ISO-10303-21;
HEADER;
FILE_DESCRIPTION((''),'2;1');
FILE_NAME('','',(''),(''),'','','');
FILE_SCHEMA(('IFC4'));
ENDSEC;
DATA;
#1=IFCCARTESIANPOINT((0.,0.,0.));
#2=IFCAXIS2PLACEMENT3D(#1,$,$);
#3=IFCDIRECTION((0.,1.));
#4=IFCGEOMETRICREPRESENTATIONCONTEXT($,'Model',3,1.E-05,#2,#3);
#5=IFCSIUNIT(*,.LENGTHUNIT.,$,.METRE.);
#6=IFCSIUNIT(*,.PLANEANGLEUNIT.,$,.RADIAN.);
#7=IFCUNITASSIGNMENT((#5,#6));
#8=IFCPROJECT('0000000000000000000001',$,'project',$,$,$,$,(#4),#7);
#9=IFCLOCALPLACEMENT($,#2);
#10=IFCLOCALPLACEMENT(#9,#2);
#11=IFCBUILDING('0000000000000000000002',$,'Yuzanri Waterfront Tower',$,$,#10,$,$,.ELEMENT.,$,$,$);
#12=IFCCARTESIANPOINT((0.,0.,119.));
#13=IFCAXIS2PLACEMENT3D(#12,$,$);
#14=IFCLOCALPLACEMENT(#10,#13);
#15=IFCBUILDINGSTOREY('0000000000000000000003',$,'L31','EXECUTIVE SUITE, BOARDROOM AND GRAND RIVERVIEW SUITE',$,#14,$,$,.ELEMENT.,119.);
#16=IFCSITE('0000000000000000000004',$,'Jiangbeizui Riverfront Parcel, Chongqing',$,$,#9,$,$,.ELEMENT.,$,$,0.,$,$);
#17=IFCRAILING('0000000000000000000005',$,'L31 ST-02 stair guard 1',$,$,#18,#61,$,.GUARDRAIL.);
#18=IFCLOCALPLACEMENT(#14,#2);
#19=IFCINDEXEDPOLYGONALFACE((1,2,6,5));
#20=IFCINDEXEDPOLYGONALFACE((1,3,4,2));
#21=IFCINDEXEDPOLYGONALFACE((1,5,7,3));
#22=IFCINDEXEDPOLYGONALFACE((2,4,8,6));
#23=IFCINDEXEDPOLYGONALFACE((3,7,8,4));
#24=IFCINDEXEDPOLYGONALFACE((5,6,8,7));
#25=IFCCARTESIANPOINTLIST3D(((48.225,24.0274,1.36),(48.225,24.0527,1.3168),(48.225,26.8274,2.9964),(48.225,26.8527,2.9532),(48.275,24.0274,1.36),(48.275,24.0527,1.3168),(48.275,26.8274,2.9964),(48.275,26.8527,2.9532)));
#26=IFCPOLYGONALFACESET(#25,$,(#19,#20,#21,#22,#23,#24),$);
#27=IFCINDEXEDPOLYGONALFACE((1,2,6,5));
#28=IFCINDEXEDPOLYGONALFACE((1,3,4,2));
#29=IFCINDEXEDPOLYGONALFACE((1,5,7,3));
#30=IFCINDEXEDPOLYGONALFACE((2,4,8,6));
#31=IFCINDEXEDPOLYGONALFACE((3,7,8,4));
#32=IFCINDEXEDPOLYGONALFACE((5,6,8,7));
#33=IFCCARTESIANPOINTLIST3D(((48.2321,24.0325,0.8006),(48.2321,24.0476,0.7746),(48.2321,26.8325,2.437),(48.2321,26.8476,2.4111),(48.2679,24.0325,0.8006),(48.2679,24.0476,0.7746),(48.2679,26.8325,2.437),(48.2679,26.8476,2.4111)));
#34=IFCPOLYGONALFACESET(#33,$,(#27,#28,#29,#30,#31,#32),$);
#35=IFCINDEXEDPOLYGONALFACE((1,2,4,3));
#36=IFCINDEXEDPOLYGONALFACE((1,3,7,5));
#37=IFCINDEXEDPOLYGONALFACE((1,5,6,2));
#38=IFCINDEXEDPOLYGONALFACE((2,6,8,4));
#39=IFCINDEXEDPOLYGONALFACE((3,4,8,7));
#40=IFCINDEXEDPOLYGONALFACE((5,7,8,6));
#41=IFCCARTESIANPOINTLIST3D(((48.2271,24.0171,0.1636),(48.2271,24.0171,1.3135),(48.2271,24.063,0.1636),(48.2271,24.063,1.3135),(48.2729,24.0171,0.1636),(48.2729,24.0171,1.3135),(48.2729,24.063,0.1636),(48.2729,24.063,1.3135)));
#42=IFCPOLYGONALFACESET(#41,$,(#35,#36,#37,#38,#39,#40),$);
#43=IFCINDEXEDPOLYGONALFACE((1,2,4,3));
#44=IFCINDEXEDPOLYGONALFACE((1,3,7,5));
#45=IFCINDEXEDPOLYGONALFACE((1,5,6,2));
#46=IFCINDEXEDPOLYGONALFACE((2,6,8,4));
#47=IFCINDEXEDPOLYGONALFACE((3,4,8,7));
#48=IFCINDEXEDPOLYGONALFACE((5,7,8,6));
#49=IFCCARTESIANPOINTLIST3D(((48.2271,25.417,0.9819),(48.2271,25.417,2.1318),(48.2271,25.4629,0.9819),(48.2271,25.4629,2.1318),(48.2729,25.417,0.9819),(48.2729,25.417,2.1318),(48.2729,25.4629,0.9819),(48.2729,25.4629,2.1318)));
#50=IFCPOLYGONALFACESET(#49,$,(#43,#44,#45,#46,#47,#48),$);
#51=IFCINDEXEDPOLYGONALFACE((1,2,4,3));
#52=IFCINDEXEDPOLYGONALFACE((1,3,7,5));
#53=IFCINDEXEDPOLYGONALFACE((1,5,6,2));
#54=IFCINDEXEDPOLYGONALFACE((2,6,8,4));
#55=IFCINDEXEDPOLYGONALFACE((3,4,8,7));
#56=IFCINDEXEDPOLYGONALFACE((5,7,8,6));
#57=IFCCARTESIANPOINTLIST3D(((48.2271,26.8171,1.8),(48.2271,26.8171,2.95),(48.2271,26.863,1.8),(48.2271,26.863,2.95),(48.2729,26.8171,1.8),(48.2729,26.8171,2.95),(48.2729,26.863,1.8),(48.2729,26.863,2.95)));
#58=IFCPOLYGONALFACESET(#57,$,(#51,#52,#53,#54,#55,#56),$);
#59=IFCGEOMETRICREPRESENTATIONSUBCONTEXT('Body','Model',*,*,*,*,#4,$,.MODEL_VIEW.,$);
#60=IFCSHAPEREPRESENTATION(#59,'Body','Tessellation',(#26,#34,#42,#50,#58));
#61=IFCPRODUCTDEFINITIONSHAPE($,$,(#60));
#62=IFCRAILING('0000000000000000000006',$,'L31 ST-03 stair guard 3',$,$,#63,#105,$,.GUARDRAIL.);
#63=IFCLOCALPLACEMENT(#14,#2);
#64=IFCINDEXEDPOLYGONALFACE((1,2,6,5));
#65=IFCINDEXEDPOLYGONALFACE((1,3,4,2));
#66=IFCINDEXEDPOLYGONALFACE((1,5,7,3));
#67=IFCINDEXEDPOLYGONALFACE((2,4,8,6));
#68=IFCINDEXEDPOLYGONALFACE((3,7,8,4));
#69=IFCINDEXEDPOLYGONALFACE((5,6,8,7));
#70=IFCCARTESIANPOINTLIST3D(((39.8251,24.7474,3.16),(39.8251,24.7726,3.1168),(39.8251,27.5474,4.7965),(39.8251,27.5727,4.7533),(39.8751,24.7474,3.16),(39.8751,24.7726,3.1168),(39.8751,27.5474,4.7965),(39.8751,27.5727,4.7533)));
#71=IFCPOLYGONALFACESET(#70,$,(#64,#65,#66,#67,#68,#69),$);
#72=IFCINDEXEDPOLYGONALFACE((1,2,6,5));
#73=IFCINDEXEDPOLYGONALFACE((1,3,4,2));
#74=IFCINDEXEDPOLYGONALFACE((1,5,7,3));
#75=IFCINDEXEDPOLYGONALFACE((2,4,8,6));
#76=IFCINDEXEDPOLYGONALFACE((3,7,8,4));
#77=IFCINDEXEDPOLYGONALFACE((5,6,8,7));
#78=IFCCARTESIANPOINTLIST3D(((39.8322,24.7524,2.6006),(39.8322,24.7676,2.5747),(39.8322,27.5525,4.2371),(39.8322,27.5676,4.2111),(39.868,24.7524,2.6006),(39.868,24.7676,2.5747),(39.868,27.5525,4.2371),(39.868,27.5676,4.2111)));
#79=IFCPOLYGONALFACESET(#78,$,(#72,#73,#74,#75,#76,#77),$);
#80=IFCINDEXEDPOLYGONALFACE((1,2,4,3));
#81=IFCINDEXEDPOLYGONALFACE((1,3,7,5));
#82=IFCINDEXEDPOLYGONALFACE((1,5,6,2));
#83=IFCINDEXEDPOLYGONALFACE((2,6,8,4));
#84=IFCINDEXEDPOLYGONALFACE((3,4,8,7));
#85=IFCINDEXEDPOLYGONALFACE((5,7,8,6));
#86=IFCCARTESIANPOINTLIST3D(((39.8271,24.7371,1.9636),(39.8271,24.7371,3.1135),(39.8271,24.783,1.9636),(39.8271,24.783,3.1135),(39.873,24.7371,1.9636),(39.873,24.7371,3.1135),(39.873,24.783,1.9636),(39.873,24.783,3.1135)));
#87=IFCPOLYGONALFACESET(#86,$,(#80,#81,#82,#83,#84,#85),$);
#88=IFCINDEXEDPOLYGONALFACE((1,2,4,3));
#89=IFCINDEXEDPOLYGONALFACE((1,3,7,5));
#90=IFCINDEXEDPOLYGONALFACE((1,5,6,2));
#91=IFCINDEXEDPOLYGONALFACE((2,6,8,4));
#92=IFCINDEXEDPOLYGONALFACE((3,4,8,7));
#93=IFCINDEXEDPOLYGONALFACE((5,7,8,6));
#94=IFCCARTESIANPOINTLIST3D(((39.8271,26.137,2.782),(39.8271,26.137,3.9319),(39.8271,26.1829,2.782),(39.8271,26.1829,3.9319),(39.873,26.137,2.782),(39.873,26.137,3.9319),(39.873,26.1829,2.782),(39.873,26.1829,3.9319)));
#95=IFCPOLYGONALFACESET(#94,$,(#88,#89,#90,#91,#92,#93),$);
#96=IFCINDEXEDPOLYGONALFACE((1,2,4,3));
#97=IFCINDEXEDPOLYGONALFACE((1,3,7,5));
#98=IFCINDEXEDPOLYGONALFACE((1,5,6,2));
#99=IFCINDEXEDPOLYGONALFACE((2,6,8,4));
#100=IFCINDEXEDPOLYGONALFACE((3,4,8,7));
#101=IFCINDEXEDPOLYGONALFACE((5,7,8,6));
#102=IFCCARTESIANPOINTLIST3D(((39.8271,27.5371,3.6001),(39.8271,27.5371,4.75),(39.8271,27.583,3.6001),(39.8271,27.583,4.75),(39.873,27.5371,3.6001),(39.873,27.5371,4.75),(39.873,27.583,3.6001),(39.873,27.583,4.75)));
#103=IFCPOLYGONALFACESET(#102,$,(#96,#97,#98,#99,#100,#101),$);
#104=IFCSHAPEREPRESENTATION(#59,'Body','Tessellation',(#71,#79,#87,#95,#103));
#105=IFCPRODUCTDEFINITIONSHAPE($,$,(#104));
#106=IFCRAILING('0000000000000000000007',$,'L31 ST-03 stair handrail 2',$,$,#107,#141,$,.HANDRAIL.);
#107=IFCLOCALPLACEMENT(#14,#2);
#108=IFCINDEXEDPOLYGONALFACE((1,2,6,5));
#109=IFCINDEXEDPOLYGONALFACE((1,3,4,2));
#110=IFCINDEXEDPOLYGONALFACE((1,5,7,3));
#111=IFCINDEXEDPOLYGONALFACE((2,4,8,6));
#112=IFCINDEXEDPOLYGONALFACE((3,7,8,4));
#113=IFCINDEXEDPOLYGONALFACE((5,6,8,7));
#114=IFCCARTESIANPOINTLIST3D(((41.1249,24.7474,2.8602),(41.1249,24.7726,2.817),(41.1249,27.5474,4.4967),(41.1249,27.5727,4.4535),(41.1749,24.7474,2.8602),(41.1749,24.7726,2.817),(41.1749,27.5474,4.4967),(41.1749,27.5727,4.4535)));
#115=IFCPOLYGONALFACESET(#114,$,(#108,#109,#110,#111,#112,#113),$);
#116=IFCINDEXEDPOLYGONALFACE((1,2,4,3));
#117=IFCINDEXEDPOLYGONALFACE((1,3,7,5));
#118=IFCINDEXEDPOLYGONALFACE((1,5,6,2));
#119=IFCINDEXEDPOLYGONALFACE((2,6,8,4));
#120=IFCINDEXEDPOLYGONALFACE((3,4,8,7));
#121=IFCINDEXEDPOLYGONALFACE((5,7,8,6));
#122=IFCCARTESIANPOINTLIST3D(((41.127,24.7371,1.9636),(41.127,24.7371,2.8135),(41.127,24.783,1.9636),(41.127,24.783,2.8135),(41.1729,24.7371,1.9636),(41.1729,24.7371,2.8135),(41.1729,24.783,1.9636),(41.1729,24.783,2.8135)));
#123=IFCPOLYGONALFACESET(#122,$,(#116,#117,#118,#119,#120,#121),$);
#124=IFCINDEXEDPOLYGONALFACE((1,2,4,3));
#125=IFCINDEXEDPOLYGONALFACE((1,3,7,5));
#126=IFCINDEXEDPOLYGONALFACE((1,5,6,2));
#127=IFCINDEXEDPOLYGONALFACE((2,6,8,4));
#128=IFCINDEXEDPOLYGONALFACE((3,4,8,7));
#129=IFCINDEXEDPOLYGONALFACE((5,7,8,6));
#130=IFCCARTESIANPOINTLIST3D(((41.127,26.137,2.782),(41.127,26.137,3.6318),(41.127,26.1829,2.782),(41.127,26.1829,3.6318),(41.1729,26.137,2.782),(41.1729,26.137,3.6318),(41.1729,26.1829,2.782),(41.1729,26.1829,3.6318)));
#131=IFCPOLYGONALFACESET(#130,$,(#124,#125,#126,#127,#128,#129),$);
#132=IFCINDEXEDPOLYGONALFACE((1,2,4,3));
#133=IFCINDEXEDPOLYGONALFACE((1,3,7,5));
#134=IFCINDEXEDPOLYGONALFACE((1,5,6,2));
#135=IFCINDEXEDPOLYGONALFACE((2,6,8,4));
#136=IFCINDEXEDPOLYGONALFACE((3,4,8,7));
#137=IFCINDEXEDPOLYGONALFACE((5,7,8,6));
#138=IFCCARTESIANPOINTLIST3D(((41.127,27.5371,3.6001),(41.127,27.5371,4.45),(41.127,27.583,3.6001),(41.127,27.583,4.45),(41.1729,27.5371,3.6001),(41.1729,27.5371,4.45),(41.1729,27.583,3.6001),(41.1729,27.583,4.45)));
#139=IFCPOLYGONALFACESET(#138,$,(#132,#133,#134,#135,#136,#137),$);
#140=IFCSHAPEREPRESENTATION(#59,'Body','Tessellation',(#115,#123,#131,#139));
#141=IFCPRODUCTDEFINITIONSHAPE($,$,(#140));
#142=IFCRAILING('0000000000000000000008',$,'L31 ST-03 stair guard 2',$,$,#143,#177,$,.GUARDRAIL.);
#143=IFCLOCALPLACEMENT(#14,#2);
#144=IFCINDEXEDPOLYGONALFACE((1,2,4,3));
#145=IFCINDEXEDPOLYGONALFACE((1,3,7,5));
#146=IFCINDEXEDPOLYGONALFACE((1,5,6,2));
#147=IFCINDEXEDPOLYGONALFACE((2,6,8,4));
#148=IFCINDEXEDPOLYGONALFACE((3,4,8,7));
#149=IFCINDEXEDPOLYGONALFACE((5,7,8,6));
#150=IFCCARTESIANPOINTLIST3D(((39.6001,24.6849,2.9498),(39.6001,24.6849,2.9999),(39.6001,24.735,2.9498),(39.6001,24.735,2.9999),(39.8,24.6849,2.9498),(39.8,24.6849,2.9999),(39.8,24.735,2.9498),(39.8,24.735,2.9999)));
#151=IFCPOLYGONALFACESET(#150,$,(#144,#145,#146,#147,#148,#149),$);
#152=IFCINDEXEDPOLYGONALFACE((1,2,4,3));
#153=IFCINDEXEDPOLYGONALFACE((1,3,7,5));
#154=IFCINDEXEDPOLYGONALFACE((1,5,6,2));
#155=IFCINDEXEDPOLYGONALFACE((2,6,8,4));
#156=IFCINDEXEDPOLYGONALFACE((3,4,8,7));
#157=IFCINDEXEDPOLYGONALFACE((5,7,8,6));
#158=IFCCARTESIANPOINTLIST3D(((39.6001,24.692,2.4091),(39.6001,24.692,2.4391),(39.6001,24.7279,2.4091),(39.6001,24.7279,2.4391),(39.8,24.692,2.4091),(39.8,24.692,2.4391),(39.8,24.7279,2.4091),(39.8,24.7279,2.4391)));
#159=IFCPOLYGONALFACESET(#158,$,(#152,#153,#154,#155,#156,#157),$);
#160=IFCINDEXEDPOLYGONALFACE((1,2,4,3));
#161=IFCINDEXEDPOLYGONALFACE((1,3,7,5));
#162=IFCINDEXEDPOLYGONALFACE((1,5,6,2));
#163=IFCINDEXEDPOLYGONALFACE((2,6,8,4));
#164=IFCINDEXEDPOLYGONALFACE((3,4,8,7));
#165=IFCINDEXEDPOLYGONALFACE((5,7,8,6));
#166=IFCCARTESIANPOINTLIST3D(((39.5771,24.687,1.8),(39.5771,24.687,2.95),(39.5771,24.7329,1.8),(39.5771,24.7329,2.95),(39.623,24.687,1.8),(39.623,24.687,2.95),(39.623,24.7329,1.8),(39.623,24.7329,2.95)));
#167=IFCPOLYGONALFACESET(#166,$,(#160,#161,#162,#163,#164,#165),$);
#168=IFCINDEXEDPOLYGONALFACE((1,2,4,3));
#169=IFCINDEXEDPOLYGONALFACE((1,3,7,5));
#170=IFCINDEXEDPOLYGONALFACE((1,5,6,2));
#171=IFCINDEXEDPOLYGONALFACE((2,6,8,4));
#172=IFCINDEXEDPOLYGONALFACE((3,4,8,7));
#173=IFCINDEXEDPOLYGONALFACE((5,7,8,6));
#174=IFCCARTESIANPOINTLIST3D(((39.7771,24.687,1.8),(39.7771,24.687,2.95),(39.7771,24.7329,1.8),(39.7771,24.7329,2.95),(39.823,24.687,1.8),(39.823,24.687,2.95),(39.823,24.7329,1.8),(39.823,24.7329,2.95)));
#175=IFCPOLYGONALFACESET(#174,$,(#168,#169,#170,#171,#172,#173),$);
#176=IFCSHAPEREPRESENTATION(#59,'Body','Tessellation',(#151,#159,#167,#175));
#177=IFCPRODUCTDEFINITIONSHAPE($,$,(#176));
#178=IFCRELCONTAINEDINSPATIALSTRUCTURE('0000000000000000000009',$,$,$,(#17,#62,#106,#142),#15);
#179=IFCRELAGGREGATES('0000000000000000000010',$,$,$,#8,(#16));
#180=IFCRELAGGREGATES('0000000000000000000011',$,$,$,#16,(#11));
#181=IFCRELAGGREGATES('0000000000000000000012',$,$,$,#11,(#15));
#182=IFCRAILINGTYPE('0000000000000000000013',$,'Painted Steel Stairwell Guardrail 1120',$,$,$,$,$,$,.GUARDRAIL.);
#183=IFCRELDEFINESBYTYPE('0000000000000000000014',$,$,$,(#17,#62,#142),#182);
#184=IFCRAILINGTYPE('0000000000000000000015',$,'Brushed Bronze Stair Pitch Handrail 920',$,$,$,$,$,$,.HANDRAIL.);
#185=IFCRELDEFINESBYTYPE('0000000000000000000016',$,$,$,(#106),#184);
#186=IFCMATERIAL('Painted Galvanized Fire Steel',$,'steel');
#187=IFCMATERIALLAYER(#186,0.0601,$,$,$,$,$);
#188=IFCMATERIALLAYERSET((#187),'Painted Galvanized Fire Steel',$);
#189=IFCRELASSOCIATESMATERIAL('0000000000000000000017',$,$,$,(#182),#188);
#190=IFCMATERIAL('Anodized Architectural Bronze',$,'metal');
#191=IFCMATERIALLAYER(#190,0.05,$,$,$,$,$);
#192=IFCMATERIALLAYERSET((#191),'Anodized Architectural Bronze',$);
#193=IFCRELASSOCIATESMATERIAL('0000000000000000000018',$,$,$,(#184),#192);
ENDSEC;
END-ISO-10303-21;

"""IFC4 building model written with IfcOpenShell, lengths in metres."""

from ifc_helpers import new_model, si_unit, direction, frame, origin, origin_2d, place, context, subcontext, project, spatial, rectangle, extrude, source, transform, mapped, material, layer, layer_set, type_object, element, save


model = new_model("IFC4")

# Units and contexts
model_context = context("Model", 3, precision=1e-05, world=origin(), true_north=direction((0.0, 1.0)))
body_context = subcontext(model_context, "Body", "Model", "MODEL_VIEW")
ifc_project = project(units=[si_unit("LENGTHUNIT", "METRE"), si_unit("PLANEANGLEUNIT", "RADIAN")], contexts=[model_context])

# Site, building, storey
site_placement = place(None, origin())
site = spatial("IfcSite", under=ifc_project, at=site_placement, Name="Jiangbeizui Riverfront Parcel, Chongqing", CompositionType="ELEMENT", RefElevation=0.0)
building_placement = place(site_placement, origin())
building = spatial("IfcBuilding", under=site, at=building_placement, Name="Yuzanri Waterfront Tower", CompositionType="ELEMENT")
storey_placement = place(building_placement, frame((0.0, 0.0, 119.0)))
storey = spatial("IfcBuildingStorey", under=building, at=storey_placement, Name="L31", Description="EXECUTIVE SUITE, BOARDROOM AND GRAND RIVERVIEW SUITE", CompositionType="ELEMENT", Elevation=119.0)

# Railings
ifc_material_1 = material(Name="Painted Galvanized Fire Steel", Category="steel")
ifc_layer_1 = layer(ifc_material_1, 0.0601)
ifc_layer_set_1 = layer_set([ifc_layer_1], Name="Painted Galvanized Fire Steel")
railing_type_1 = type_object("IfcRailingType", Name="Painted Steel Stairwell Guardrail 1120", PredefinedType="GUARDRAIL", material=ifc_layer_set_1)
shared_shape_1 = source(origin(), body_context, "Body", "SweptSolid", [
    extrude(rectangle(XDim=0.05, YDim=0.05, at=origin_2d()), frame((0.0, 0.0, 1.1748), z_axis=(0.0, 0.863361, 0.504587), x_axis=(-1.0, 0.0, 0.0)), (0.0, 0.0, 1.0), 3.2432),
    extrude(rectangle(XDim=0.0359, YDim=0.03, at=origin_2d()), frame((0.0, 0.0, 0.624), z_axis=(0.0, 0.863361, 0.504587), x_axis=(-1.0, 0.0, 0.0)), (0.0, 0.0, 1.0), 3.2432),
    extrude(rectangle(XDim=0.0459, YDim=0.0459, at=origin_2d()), origin(), (0.0, 0.0, 1.0), 1.1499),
    extrude(rectangle(XDim=0.0459, YDim=0.0459, at=origin_2d()), frame((0.0, 1.3999, 0.8184)), (0.0, 0.0, 1.0), 1.1499),
    extrude(rectangle(XDim=0.0459, YDim=0.0459, at=origin_2d()), frame((0.0, 2.8, 1.6365)), (0.0, 0.0, 1.0), 1.1499),
])
for number, where, name in (
    (1, (48.25, 24.04, 0.1636), "L31 ST-02 stair guard 1"),
    (2, (39.8501, 24.76, 1.9636), "L31 ST-03 stair guard 3"),
):
    element("IfcRailing", number, at=place(storey_placement, frame(where)), inside=storey, type_object=railing_type_1, Name=name, PredefinedType="GUARDRAIL", context=body_context, shape_type="MappedRepresentation", body=[
        mapped(shared_shape_1, transform((0.0, 0.0, 0.0), scale=1.0)),
    ])
ifc_material_2 = material(Name="Anodized Architectural Bronze", Category="metal")
ifc_layer_2 = layer(ifc_material_2, 0.05)
ifc_layer_set_2 = layer_set([ifc_layer_2], Name="Anodized Architectural Bronze")
railing_type_2 = type_object("IfcRailingType", Name="Brushed Bronze Stair Pitch Handrail 920", PredefinedType="HANDRAIL", material=ifc_layer_set_2)
shared_shape_2 = source(origin(), body_context, "Body", "SweptSolid", [
    extrude(rectangle(XDim=0.05, YDim=0.05, at=origin_2d()), frame((0.0, 0.0, 0.875), z_axis=(0.0, 0.863361, 0.504587), x_axis=(-1.0, 0.0, 0.0)), (0.0, 0.0, 1.0), 3.2432),
    extrude(rectangle(XDim=0.0459, YDim=0.0459, at=origin_2d()), origin(), (0.0, 0.0, 1.0), 0.8499),
    extrude(rectangle(XDim=0.0459, YDim=0.0459, at=origin_2d()), frame((0.0, 1.3999, 0.8184)), (0.0, 0.0, 1.0), 0.8499),
    extrude(rectangle(XDim=0.0459, YDim=0.0459, at=origin_2d()), frame((0.0, 2.8, 1.6365)), (0.0, 0.0, 1.0), 0.8499),
])
railing_1_placement = place(storey_placement, frame((41.1499, 24.76, 1.9636)))
element("IfcRailing", 3, at=railing_1_placement, inside=storey, type_object=railing_type_2, Name="L31 ST-03 stair handrail 2", PredefinedType="HANDRAIL", context=body_context, shape_type="MappedRepresentation", body=[
    mapped(shared_shape_2, transform((0.0, 0.0, 0.0), scale=1.0)),
])
shared_shape_3 = source(origin(), body_context, "Body", "SweptSolid", [
    extrude(rectangle(XDim=0.05, YDim=0.05, at=origin_2d()), frame((0.0, 0.0, 1.1748), z_axis=(1.0, 0.0, 0.0), x_axis=(0.0, 1.0, 0.0)), (0.0, 0.0, 1.0), 0.2),
    extrude(rectangle(XDim=0.0359, YDim=0.03, at=origin_2d()), frame((0.0, 0.0, 0.624), z_axis=(1.0, 0.0, 0.0), x_axis=(0.0, 1.0, 0.0)), (0.0, 0.0, 1.0), 0.2),
    extrude(rectangle(XDim=0.0459, YDim=0.0459, at=origin_2d()), origin(), (0.0, 0.0, 1.0), 1.1499),
    extrude(rectangle(XDim=0.0459, YDim=0.0459, at=origin_2d()), frame((0.2, 0.0, 0.0)), (0.0, 0.0, 1.0), 1.1499),
])
railing_2_placement = place(storey_placement, frame((39.6001, 24.71, 1.8)))
element("IfcRailing", 4, at=railing_2_placement, inside=storey, type_object=railing_type_1, Name="L31 ST-03 stair guard 2", PredefinedType="GUARDRAIL", context=body_context, shape_type="MappedRepresentation", body=[
    mapped(shared_shape_3, transform((0.0, 0.0, 0.0), scale=1.0)),
])

save(model, "model.ifc")
